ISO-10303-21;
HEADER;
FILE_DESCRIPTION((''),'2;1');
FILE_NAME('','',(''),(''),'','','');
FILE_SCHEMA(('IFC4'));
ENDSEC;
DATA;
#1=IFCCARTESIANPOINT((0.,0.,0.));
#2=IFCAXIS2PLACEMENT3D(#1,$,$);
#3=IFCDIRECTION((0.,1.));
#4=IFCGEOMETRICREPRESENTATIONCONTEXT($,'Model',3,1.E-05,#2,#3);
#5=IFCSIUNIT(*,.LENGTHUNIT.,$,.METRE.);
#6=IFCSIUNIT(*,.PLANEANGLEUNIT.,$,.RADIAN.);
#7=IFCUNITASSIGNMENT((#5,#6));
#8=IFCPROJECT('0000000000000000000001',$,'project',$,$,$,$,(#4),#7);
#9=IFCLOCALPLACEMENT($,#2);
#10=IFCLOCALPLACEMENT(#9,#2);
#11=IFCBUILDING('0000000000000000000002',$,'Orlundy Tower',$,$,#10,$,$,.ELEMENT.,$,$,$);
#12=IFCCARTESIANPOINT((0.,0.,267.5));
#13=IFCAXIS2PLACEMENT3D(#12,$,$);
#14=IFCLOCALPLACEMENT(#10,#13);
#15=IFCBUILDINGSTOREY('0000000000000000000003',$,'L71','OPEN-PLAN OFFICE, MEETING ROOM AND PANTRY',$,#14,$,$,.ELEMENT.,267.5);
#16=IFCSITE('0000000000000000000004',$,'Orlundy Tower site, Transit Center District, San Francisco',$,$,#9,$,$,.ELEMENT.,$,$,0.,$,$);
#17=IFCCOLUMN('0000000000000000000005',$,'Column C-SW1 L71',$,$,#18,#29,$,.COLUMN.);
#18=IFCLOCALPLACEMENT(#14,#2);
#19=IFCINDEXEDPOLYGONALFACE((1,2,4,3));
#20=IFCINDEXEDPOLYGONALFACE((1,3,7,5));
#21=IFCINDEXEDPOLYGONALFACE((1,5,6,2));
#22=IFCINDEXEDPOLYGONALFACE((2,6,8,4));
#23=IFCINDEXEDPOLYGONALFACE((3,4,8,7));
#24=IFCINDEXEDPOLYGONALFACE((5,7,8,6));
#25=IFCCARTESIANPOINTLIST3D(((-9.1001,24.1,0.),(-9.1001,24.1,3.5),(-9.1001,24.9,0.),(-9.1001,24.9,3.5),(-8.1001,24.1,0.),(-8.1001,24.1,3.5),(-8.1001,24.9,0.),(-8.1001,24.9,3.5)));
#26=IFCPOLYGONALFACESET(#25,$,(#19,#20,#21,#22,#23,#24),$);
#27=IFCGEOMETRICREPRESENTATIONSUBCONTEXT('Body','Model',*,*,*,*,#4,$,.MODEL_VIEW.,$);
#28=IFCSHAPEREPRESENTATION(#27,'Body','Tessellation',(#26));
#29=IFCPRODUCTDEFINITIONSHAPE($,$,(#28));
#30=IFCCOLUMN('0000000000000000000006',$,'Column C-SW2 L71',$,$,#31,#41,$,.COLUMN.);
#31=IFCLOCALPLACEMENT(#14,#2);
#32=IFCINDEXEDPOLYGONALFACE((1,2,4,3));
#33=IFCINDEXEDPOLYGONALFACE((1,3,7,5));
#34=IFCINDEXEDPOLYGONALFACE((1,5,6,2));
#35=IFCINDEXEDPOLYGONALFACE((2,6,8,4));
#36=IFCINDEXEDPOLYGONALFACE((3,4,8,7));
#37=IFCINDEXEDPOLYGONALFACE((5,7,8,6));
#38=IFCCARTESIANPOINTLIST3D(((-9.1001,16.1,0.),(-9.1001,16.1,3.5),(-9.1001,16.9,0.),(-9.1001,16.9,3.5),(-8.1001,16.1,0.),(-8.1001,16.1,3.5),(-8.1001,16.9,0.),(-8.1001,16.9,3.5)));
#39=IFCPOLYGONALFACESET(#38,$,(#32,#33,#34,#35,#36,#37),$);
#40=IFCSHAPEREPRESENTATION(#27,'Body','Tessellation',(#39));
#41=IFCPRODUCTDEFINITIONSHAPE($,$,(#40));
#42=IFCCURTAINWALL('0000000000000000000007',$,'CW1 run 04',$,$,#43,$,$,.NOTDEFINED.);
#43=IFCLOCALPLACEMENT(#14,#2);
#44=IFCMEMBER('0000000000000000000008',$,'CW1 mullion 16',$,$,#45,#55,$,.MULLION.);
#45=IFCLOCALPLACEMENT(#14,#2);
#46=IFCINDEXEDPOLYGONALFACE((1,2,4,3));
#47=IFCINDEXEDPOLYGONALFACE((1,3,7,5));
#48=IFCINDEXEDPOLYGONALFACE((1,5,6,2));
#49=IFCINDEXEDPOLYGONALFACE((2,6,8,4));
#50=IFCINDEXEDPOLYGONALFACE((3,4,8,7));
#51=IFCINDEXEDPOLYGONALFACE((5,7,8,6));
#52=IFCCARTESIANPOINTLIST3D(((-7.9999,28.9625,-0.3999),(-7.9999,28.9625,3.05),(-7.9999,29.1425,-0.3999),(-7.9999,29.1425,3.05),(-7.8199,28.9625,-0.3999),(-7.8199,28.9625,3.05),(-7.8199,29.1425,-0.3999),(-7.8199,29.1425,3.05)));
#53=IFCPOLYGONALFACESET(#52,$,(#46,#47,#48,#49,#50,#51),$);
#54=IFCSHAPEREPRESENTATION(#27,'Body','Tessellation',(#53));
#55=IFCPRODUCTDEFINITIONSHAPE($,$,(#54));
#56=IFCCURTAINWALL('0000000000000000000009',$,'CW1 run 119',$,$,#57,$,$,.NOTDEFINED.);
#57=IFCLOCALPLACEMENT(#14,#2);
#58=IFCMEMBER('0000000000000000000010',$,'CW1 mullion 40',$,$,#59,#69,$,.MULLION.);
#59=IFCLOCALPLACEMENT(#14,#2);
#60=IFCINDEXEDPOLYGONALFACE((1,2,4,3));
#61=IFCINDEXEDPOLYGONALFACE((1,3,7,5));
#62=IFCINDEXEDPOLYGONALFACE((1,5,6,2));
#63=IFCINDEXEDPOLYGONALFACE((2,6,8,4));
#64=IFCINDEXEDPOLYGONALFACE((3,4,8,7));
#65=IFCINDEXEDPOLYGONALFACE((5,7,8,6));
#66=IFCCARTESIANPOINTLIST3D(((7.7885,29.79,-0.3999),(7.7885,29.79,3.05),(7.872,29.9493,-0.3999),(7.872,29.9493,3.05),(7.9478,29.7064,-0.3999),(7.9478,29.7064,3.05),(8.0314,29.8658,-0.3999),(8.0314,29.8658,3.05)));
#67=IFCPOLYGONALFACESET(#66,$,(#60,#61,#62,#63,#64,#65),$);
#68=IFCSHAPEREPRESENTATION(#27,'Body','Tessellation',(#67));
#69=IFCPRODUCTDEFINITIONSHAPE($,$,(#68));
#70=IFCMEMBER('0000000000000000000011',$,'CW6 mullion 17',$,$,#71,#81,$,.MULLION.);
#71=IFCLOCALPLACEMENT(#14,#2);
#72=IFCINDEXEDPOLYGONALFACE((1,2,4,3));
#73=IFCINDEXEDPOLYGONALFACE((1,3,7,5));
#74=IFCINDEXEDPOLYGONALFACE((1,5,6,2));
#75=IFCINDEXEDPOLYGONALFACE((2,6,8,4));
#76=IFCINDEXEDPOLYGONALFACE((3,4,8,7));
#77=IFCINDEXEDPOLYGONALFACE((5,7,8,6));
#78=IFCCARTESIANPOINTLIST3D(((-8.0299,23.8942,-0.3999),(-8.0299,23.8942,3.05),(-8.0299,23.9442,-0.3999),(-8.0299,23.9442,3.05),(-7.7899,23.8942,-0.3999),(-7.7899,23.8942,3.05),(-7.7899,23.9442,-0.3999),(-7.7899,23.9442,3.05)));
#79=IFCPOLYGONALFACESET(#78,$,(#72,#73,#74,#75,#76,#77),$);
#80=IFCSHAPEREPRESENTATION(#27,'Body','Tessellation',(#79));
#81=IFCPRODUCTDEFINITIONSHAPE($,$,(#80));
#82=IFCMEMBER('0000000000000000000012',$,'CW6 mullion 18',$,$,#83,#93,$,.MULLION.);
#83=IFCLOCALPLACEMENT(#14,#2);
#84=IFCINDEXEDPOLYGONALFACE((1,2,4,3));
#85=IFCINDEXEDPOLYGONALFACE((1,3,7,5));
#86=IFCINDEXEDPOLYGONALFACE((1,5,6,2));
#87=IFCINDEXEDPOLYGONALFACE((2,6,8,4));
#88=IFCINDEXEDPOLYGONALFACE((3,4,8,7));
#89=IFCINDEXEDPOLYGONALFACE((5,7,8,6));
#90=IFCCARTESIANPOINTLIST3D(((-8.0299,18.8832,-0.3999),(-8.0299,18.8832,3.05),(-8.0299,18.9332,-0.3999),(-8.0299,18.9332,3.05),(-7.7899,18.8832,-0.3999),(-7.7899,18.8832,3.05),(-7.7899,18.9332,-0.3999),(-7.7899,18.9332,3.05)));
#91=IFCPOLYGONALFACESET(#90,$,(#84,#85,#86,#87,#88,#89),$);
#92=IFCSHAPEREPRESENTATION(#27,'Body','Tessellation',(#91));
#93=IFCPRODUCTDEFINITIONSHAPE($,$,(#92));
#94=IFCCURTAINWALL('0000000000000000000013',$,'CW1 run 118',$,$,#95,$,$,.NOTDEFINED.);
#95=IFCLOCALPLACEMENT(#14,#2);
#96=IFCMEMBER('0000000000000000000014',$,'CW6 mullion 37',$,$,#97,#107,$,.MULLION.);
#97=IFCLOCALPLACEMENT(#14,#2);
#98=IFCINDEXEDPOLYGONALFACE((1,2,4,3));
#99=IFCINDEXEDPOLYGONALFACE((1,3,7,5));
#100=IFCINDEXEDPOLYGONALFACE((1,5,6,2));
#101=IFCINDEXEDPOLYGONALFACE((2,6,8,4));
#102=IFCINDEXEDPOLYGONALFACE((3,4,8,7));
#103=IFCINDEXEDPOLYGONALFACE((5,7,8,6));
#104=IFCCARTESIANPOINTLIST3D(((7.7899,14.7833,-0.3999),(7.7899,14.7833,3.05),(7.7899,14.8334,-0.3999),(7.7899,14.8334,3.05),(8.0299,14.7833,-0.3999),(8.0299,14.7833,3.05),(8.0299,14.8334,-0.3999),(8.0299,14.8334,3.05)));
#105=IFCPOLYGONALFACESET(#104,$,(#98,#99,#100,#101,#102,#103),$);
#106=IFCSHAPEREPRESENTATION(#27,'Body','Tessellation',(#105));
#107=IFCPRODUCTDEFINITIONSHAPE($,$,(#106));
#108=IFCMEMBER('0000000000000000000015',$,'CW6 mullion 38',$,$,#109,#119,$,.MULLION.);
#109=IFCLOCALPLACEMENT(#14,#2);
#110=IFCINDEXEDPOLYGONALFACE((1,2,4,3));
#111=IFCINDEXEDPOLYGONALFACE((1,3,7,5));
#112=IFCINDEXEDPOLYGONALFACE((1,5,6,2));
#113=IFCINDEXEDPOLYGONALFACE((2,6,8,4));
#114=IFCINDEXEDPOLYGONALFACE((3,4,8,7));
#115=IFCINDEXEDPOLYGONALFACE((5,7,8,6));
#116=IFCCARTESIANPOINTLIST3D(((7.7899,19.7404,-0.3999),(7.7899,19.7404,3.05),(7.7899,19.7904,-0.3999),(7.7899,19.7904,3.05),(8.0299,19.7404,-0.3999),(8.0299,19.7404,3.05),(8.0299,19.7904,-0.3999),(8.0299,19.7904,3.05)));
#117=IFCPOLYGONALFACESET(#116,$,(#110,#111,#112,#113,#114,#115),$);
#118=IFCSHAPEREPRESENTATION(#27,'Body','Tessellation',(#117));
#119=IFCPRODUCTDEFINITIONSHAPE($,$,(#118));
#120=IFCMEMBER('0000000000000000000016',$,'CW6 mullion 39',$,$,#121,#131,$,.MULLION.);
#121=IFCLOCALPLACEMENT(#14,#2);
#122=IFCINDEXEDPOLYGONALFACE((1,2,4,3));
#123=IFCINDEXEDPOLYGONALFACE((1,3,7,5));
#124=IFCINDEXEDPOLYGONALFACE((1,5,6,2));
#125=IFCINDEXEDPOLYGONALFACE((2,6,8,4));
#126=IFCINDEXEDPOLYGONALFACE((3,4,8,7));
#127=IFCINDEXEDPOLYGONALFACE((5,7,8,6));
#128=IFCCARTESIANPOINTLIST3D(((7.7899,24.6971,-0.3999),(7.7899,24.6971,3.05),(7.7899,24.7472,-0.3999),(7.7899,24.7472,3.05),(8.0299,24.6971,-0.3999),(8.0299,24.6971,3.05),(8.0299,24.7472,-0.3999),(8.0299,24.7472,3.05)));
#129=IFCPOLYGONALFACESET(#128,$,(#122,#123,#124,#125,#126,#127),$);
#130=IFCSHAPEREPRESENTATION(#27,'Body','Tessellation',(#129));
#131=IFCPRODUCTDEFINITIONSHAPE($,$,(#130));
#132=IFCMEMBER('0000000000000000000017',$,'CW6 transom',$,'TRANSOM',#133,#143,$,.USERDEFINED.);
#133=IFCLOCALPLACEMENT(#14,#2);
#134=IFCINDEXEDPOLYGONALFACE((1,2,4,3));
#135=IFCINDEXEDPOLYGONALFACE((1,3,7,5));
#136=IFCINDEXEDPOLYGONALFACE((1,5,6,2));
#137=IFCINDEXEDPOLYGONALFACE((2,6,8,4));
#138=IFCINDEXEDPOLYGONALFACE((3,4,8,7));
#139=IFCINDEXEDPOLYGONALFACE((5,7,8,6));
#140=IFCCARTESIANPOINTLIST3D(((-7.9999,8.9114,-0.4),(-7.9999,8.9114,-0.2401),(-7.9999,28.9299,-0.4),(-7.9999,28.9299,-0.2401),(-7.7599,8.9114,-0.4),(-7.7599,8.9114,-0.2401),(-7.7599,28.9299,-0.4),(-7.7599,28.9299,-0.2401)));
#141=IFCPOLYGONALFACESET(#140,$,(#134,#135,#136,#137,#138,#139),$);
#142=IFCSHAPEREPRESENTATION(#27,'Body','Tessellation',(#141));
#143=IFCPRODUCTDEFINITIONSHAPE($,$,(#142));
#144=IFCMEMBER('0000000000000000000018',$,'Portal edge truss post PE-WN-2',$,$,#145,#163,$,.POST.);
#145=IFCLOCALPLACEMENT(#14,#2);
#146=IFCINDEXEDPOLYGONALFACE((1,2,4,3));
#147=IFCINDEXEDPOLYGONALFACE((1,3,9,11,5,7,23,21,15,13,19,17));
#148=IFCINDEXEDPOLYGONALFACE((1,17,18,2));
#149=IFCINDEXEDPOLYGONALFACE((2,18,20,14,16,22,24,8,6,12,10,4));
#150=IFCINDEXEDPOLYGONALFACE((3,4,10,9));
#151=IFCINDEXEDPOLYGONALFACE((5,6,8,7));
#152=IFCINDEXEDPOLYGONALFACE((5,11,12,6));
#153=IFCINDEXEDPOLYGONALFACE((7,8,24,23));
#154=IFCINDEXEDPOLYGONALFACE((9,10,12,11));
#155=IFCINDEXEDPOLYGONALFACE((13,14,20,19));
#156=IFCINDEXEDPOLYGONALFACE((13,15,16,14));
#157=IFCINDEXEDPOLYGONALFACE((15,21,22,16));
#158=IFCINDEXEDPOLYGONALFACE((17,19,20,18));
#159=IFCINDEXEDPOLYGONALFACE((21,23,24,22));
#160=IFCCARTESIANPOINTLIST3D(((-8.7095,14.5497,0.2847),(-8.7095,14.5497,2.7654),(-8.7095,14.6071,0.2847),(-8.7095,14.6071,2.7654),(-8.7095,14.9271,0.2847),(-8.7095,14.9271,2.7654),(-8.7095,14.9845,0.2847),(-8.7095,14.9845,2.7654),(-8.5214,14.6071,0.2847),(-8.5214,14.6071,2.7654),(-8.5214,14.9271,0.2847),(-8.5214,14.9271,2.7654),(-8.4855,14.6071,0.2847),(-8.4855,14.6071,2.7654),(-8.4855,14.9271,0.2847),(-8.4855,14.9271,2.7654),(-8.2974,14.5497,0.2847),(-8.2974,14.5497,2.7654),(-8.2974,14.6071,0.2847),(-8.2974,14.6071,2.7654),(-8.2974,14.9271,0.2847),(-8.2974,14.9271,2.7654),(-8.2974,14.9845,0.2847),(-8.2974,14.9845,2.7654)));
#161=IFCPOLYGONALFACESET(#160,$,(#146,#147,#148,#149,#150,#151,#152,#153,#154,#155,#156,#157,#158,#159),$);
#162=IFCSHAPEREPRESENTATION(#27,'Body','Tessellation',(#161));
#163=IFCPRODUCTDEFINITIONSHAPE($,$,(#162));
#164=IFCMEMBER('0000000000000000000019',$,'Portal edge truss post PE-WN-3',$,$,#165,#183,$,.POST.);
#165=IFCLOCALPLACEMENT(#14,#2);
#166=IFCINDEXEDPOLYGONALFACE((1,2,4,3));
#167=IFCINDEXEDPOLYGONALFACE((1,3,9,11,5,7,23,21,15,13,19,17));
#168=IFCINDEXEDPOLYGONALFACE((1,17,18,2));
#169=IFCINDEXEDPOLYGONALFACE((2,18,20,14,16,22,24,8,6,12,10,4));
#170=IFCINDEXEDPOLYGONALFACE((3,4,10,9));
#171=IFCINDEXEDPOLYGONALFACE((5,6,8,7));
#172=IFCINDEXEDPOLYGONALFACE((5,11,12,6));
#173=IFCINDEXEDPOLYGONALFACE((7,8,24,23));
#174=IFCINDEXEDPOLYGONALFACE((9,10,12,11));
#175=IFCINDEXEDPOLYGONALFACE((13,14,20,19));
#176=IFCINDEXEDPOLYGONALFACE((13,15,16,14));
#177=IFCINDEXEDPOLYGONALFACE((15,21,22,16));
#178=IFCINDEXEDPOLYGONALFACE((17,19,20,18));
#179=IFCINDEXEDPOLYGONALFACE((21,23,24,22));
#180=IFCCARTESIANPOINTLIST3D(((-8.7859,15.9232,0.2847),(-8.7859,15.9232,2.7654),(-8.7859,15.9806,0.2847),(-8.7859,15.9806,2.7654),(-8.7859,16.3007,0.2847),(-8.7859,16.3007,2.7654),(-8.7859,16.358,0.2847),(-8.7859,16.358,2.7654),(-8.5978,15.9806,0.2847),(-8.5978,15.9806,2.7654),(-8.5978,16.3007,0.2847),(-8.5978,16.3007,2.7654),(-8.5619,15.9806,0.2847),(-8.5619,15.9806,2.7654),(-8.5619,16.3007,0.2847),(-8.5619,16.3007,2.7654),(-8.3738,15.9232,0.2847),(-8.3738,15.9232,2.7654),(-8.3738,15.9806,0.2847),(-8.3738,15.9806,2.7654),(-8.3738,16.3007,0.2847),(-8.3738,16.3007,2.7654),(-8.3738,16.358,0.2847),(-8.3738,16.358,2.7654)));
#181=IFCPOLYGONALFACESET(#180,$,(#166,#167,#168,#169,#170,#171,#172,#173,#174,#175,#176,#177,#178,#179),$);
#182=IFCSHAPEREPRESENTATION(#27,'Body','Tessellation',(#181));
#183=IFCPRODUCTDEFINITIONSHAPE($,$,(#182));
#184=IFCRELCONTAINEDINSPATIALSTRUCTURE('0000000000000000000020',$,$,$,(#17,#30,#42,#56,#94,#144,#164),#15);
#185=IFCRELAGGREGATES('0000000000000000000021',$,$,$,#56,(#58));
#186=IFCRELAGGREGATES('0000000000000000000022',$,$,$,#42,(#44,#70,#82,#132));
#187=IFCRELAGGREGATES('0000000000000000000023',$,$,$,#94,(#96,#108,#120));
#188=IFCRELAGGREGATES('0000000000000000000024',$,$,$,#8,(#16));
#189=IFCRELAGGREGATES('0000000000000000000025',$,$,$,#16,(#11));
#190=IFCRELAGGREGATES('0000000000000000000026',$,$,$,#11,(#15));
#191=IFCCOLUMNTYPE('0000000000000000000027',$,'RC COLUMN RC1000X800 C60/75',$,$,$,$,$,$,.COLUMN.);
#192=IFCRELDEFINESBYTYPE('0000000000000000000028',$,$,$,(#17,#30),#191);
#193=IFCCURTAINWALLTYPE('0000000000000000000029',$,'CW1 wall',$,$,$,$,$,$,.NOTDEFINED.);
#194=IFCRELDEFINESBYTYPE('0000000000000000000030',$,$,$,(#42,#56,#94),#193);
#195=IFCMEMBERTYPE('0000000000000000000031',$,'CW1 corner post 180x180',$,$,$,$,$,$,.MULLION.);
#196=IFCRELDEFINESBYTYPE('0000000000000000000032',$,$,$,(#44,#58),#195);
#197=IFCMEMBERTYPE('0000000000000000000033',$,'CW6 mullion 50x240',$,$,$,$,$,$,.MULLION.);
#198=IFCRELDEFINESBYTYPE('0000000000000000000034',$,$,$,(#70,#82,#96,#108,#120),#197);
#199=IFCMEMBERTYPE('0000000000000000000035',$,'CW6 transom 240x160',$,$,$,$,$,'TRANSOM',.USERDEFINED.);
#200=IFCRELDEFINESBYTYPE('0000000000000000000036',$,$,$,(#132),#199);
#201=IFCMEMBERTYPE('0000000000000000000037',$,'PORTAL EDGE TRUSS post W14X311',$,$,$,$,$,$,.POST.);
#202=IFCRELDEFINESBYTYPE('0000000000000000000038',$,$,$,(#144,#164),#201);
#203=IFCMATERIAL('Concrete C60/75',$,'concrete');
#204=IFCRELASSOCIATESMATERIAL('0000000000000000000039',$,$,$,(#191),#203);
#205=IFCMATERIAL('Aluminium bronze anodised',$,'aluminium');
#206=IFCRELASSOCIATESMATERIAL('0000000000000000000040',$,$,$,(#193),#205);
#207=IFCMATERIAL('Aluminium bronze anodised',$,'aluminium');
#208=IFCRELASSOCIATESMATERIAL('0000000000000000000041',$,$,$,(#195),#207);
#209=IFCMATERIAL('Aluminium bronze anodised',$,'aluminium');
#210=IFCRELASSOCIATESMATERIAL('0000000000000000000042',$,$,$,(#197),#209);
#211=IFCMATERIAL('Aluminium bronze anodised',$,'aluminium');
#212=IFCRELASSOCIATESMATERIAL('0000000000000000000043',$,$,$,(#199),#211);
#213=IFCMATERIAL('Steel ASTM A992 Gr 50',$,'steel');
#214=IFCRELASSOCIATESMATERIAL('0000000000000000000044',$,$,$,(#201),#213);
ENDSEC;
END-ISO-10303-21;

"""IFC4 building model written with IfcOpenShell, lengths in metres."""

from ifc_helpers import new_model, si_unit, direction, frame, origin, origin_2d, place, context, subcontext, project, spatial, rectangle, i_section, extrude, material, material_profile, profile_set, type_object, element, aggregate, save


model = new_model("IFC4")

# Units and contexts
model_context = context("Model", 3, precision=1e-05, world=origin(), true_north=direction((0.0, 1.0)))
body_context = subcontext(model_context, "Body", "Model", "MODEL_VIEW")
ifc_project = project(units=[si_unit("LENGTHUNIT", "METRE"), si_unit("PLANEANGLEUNIT", "RADIAN")], contexts=[model_context])

# Site, building, storey
site_placement = place(None, origin())
site = spatial("IfcSite", under=ifc_project, at=site_placement, Name="Orlundy Tower site, Transit Center District, San Francisco", CompositionType="ELEMENT", RefElevation=0.0)
building_placement = place(site_placement, origin())
building = spatial("IfcBuilding", under=site, at=building_placement, Name="Orlundy Tower", CompositionType="ELEMENT")
storey_placement = place(building_placement, frame((0.0, 0.0, 267.5)))
storey = spatial("IfcBuildingStorey", under=building, at=storey_placement, Name="L71", Description="OPEN-PLAN OFFICE, MEETING ROOM AND PANTRY", CompositionType="ELEMENT", Elevation=267.5)

# Columns
ifc_material_1 = material(Name="Concrete C60/75", Category="concrete")
ifc_material_profile_1 = material_profile(ifc_material_1, rectangle(XDim=1.0, YDim=0.8, at=origin_2d()), Name="RC1000X800")
ifc_profile_set_1 = profile_set([ifc_material_profile_1], Name="Concrete C60/75")
column_type = type_object("IfcColumnType", Name="RC COLUMN RC1000X800 C60/75", PredefinedType="COLUMN", material=ifc_profile_set_1)
for number, where, z_axis, x_axis, name in (
    (1, (-8.6001, 24.5, 0.0), (0.0, 0.0, 1.0), (1.0, 0.0, 0.0), "Column C-SW1 L71"),
    (2, (-8.6001, 16.5, 0.0), (0.0, 0.0, 1.0), (1.0, 0.0, 0.0), "Column C-SW2 L71"),
):
    element("IfcColumn", number, at=place(storey_placement, frame(where, z_axis=z_axis, x_axis=x_axis)), inside=storey, type_object=column_type, Name=name, PredefinedType="COLUMN", context=body_context, shape_type="SweptSolid", body=[
        extrude(rectangle(XDim=1.0, YDim=0.8, at=origin_2d()), origin(), (0.0, 0.0, 1.0), 3.5),
    ])

# Curtain walls, members
ifc_material_2 = material(Name="Aluminium bronze anodised", Category="aluminium")
curtain_wall_type = type_object("IfcCurtainWallType", Name="CW1 wall", PredefinedType="NOTDEFINED", material=ifc_material_2)
curtain_wall_1_placement = place(storey_placement, origin())
curtain_wall_1 = element("IfcCurtainWall", 3, at=curtain_wall_1_placement, inside=storey, type_object=curtain_wall_type, Name="CW1 run 04", PredefinedType="NOTDEFINED")
ifc_material_3 = material(Name="Aluminium bronze anodised", Category="aluminium")
ifc_material_profile_2 = material_profile(ifc_material_3, rectangle(XDim=0.1799, YDim=0.1799, at=origin_2d()), Name="CW1 corner post 180x180")
ifc_profile_set_2 = profile_set([ifc_material_profile_2], Name="Aluminium bronze anodised")
member_type_1 = type_object("IfcMemberType", Name="CW1 corner post 180x180", PredefinedType="MULLION", material=ifc_profile_set_2)
member_1_placement = place(storey_placement, frame((-7.9099, 29.0525, -0.3999), z_axis=(0.0, 0.0, 1.0), x_axis=(1.0, 0.0, 0.0)))
member_1 = element("IfcMember", 4, at=member_1_placement, type_object=member_type_1, Name="CW1 mullion 16", PredefinedType="MULLION", context=body_context, shape_type="SweptSolid", body=[
    extrude(rectangle(XDim=0.1799, YDim=0.1799, at=origin_2d()), origin(), (0.0, 0.0, 1.0), 3.45),
])
curtain_wall_2_placement = place(storey_placement, origin())
curtain_wall_2 = element("IfcCurtainWall", 5, at=curtain_wall_2_placement, inside=storey, type_object=curtain_wall_type, Name="CW1 run 119", PredefinedType="NOTDEFINED")
member_2_placement = place(storey_placement, frame((7.9099, 29.8279, -0.3999), z_axis=(0.0, 0.0, 1.0), x_axis=(0.464264, 0.885697, 0.0)))
member_2 = element("IfcMember", 6, at=member_2_placement, type_object=member_type_1, Name="CW1 mullion 40", PredefinedType="MULLION", context=body_context, shape_type="SweptSolid", body=[
    extrude(rectangle(XDim=0.1799, YDim=0.1799, at=origin_2d()), origin(), (0.0, 0.0, 1.0), 3.45),
])
aggregate(curtain_wall_2, [member_2])

# Members
ifc_material_4 = material(Name="Aluminium bronze anodised", Category="aluminium")
ifc_material_profile_3 = material_profile(ifc_material_4, rectangle(XDim=0.24, YDim=0.05, at=origin_2d()), Name="CW6 mullion 50x240")
ifc_profile_set_3 = profile_set([ifc_material_profile_3], Name="Aluminium bronze anodised")
member_type_2 = type_object("IfcMemberType", Name="CW6 mullion 50x240", PredefinedType="MULLION", material=ifc_profile_set_3)
member_3_placement = place(storey_placement, frame((-7.9099, 23.9192, -0.3999), z_axis=(0.0, 0.0, 1.0), x_axis=(1.0, 0.0, 0.0)))
member_3 = element("IfcMember", 7, at=member_3_placement, type_object=member_type_2, Name="CW6 mullion 17", PredefinedType="MULLION", context=body_context, shape_type="SweptSolid", body=[
    extrude(rectangle(XDim=0.24, YDim=0.05, at=origin_2d()), origin(), (0.0, 0.0, 1.0), 3.45),
])
member_4_placement = place(storey_placement, frame((-7.9099, 18.9082, -0.3999), z_axis=(0.0, 0.0, 1.0), x_axis=(1.0, 0.0, 0.0)))
member_4 = element("IfcMember", 8, at=member_4_placement, type_object=member_type_2, Name="CW6 mullion 18", PredefinedType="MULLION", context=body_context, shape_type="SweptSolid", body=[
    extrude(rectangle(XDim=0.24, YDim=0.05, at=origin_2d()), origin(), (0.0, 0.0, 1.0), 3.45),
])

# Curtain wall, members
curtain_wall_3_placement = place(storey_placement, origin())
curtain_wall_3 = element("IfcCurtainWall", 9, at=curtain_wall_3_placement, inside=storey, type_object=curtain_wall_type, Name="CW1 run 118", PredefinedType="NOTDEFINED")
member_5_placement = place(storey_placement, frame((7.9099, 14.8083, -0.3999), z_axis=(0.0, 0.0, 1.0), x_axis=(-1.0, 0.0, 0.0)))
member_5 = element("IfcMember", 10, at=member_5_placement, type_object=member_type_2, Name="CW6 mullion 37", PredefinedType="MULLION", context=body_context, shape_type="SweptSolid", body=[
    extrude(rectangle(XDim=0.24, YDim=0.05, at=origin_2d()), origin(), (0.0, 0.0, 1.0), 3.45),
])
member_6_placement = place(storey_placement, frame((7.9099, 19.7654, -0.3999), z_axis=(0.0, 0.0, 1.0), x_axis=(-1.0, 0.0, 0.0)))
member_6 = element("IfcMember", 11, at=member_6_placement, type_object=member_type_2, Name="CW6 mullion 38", PredefinedType="MULLION", context=body_context, shape_type="SweptSolid", body=[
    extrude(rectangle(XDim=0.24, YDim=0.05, at=origin_2d()), origin(), (0.0, 0.0, 1.0), 3.45),
])
member_7_placement = place(storey_placement, frame((7.9099, 24.7222, -0.3999), z_axis=(0.0, 0.0, 1.0), x_axis=(-1.0, 0.0, 0.0)))
member_7 = element("IfcMember", 12, at=member_7_placement, type_object=member_type_2, Name="CW6 mullion 39", PredefinedType="MULLION", context=body_context, shape_type="SweptSolid", body=[
    extrude(rectangle(XDim=0.24, YDim=0.05, at=origin_2d()), origin(), (0.0, 0.0, 1.0), 3.45),
])

# Member
ifc_material_5 = material(Name="Aluminium bronze anodised", Category="aluminium")
ifc_material_profile_4 = material_profile(ifc_material_5, rectangle(XDim=0.24, YDim=0.1599, at=origin_2d()), Name="CW6 transom 240x160")
ifc_profile_set_4 = profile_set([ifc_material_profile_4], Name="Aluminium bronze anodised")
member_type_3 = type_object("IfcMemberType", Name="CW6 transom 240x160", ElementType="TRANSOM", PredefinedType="USERDEFINED", material=ifc_profile_set_4)
member_8_placement = place(storey_placement, frame((-7.8799, 28.9299, -0.3201), z_axis=(0.0, -1.0, 0.0), x_axis=(1.0, 0.0, 0.0)))
member_8 = element("IfcMember", 13, at=member_8_placement, type_object=member_type_3, Name="CW6 transom", ObjectType="TRANSOM", PredefinedType="USERDEFINED", context=body_context, shape_type="SweptSolid", body=[
    extrude(rectangle(XDim=0.24, YDim=0.1599, at=origin_2d()), origin(), (0.0, 0.0, 1.0), 20.0186),
])

# Members
ifc_material_6 = material(Name="Steel ASTM A992 Gr 50", Category="steel")
ifc_material_profile_5 = material_profile(ifc_material_6, i_section(OverallWidth=0.4121, OverallDepth=0.4348, WebThickness=0.0359, FlangeThickness=0.0574, at=origin_2d()), Name="W14X311")
ifc_profile_set_5 = profile_set([ifc_material_profile_5], Name="Steel ASTM A992 Gr 50")
member_type_4 = type_object("IfcMemberType", Name="PORTAL EDGE TRUSS post W14X311", PredefinedType="POST", material=ifc_profile_set_5)
for number, where, z_axis, x_axis, name in (
    (14, (-8.5034, 14.7671, 0.2847), (0.0, 0.0, 1.0), (1.0, 0.0, 0.0), "Portal edge truss post PE-WN-2"),
    (15, (-8.5798, 16.1406, 0.2847), (0.0, 0.0, 1.0), (1.0, 0.0, 0.0), "Portal edge truss post PE-WN-3"),
):
    element("IfcMember", number, at=place(storey_placement, frame(where, z_axis=z_axis, x_axis=x_axis)), inside=storey, type_object=member_type_4, Name=name, PredefinedType="POST", context=body_context, shape_type="SweptSolid", body=[
        extrude(i_section(OverallWidth=0.4121, OverallDepth=0.4348, WebThickness=0.0359, FlangeThickness=0.0574, at=origin_2d()), origin(), (0.0, 0.0, 1.0), 2.4807),
    ])

aggregate(curtain_wall_1, [member_1, member_3, member_4, member_8])
aggregate(curtain_wall_3, [member_5, member_6, member_7])

save(model, "model.ifc")
